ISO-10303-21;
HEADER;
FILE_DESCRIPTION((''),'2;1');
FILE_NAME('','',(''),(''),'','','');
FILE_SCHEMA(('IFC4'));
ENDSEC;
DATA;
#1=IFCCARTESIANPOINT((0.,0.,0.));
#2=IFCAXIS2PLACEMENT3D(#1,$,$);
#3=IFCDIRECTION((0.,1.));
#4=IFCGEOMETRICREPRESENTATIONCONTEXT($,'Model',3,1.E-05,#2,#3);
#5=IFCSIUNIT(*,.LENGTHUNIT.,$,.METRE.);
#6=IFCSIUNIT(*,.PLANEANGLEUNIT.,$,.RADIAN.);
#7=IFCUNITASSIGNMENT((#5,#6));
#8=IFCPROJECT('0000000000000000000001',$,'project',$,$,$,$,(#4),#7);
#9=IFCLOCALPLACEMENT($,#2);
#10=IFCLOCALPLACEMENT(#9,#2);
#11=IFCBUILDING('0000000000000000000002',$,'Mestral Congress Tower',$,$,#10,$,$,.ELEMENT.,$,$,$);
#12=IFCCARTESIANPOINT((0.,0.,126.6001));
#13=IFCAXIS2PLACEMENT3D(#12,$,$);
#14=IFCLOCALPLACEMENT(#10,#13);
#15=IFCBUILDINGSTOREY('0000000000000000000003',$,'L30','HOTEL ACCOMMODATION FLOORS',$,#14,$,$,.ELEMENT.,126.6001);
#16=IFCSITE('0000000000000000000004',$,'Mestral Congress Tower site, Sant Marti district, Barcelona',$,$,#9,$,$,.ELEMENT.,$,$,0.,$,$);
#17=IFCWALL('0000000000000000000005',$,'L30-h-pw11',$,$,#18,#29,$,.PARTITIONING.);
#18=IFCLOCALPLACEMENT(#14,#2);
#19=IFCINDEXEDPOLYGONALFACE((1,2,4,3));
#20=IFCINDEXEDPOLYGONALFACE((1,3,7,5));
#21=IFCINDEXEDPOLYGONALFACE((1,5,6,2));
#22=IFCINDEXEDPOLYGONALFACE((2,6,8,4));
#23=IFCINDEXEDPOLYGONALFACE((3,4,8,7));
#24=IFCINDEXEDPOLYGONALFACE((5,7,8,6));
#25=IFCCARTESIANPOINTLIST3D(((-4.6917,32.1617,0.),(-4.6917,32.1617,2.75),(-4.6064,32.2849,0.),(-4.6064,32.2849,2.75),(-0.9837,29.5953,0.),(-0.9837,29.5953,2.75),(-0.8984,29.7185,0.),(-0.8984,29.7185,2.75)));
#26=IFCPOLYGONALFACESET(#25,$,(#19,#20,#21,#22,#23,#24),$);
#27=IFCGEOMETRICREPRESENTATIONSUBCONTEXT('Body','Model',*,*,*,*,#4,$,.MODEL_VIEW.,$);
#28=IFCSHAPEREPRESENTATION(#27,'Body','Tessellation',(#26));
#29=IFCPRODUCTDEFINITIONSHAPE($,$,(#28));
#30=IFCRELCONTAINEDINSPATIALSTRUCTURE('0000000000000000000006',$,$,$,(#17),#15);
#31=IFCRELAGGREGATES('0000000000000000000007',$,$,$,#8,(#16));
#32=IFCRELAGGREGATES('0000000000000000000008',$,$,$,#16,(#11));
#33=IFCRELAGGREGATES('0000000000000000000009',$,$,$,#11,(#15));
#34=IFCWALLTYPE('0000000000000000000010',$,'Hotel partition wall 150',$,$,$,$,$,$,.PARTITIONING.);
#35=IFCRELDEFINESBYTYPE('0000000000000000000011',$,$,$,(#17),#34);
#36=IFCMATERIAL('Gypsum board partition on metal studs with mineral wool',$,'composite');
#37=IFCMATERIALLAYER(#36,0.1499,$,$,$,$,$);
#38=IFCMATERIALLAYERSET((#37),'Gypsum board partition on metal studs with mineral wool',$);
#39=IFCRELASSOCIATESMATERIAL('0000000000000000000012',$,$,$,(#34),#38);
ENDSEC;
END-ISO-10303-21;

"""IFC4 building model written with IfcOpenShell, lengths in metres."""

from ifc_helpers import new_model, si_unit, direction, frame, frame_2d, origin, place, context, subcontext, project, spatial, rectangle, extrude, material, layer, layer_set, type_object, element, save


model = new_model("IFC4")

# Units and contexts
model_context = context("Model", 3, precision=1e-05, world=origin(), true_north=direction((0.0, 1.0)))
body_context = subcontext(model_context, "Body", "Model", "MODEL_VIEW")
ifc_project = project(units=[si_unit("LENGTHUNIT", "METRE"), si_unit("PLANEANGLEUNIT", "RADIAN")], contexts=[model_context])

# Site, building, storey
site_placement = place(None, origin())
site = spatial("IfcSite", under=ifc_project, at=site_placement, Name="Mestral Congress Tower site, Sant Marti district, Barcelona", CompositionType="ELEMENT", RefElevation=0.0)
building_placement = place(site_placement, origin())
building = spatial("IfcBuilding", under=site, at=building_placement, Name="Mestral Congress Tower", CompositionType="ELEMENT")
storey_placement = place(building_placement, frame((0.0, 0.0, 126.6001)))
storey = spatial("IfcBuildingStorey", under=building, at=storey_placement, Name="L30", Description="HOTEL ACCOMMODATION FLOORS", CompositionType="ELEMENT", Elevation=126.6001)

# Shared definitions
ifc_material_1 = material(Name="Gypsum board partition on metal studs with mineral wool", Category="composite")

# Wall
ifc_layer_1 = layer(ifc_material_1, 0.1499)
ifc_layer_set_1 = layer_set([ifc_layer_1], Name="Gypsum board partition on metal studs with mineral wool")
wall_type_1 = type_object("IfcWallType", Name="Hotel partition wall 150", PredefinedType="PARTITIONING", material=ifc_layer_set_1)
wall_1_placement = place(storey_placement, frame((-4.6492, 32.2234, 0.0), z_axis=(0.0, 0.0, 1.0), x_axis=(0.822262, -0.569109, 0.0)))
element("IfcWall", 1, at=wall_1_placement, inside=storey, type_object=wall_type_1, Name="L30-h-pw11", PredefinedType="PARTITIONING", context=body_context, shape_type="SweptSolid", body=[
    extrude(rectangle(XDim=4.5095, YDim=0.1499, at=frame_2d((2.2549, 0.0))), origin(), (0.0, 0.0, 1.0), 2.75),
])

save(model, "model.ifc")
